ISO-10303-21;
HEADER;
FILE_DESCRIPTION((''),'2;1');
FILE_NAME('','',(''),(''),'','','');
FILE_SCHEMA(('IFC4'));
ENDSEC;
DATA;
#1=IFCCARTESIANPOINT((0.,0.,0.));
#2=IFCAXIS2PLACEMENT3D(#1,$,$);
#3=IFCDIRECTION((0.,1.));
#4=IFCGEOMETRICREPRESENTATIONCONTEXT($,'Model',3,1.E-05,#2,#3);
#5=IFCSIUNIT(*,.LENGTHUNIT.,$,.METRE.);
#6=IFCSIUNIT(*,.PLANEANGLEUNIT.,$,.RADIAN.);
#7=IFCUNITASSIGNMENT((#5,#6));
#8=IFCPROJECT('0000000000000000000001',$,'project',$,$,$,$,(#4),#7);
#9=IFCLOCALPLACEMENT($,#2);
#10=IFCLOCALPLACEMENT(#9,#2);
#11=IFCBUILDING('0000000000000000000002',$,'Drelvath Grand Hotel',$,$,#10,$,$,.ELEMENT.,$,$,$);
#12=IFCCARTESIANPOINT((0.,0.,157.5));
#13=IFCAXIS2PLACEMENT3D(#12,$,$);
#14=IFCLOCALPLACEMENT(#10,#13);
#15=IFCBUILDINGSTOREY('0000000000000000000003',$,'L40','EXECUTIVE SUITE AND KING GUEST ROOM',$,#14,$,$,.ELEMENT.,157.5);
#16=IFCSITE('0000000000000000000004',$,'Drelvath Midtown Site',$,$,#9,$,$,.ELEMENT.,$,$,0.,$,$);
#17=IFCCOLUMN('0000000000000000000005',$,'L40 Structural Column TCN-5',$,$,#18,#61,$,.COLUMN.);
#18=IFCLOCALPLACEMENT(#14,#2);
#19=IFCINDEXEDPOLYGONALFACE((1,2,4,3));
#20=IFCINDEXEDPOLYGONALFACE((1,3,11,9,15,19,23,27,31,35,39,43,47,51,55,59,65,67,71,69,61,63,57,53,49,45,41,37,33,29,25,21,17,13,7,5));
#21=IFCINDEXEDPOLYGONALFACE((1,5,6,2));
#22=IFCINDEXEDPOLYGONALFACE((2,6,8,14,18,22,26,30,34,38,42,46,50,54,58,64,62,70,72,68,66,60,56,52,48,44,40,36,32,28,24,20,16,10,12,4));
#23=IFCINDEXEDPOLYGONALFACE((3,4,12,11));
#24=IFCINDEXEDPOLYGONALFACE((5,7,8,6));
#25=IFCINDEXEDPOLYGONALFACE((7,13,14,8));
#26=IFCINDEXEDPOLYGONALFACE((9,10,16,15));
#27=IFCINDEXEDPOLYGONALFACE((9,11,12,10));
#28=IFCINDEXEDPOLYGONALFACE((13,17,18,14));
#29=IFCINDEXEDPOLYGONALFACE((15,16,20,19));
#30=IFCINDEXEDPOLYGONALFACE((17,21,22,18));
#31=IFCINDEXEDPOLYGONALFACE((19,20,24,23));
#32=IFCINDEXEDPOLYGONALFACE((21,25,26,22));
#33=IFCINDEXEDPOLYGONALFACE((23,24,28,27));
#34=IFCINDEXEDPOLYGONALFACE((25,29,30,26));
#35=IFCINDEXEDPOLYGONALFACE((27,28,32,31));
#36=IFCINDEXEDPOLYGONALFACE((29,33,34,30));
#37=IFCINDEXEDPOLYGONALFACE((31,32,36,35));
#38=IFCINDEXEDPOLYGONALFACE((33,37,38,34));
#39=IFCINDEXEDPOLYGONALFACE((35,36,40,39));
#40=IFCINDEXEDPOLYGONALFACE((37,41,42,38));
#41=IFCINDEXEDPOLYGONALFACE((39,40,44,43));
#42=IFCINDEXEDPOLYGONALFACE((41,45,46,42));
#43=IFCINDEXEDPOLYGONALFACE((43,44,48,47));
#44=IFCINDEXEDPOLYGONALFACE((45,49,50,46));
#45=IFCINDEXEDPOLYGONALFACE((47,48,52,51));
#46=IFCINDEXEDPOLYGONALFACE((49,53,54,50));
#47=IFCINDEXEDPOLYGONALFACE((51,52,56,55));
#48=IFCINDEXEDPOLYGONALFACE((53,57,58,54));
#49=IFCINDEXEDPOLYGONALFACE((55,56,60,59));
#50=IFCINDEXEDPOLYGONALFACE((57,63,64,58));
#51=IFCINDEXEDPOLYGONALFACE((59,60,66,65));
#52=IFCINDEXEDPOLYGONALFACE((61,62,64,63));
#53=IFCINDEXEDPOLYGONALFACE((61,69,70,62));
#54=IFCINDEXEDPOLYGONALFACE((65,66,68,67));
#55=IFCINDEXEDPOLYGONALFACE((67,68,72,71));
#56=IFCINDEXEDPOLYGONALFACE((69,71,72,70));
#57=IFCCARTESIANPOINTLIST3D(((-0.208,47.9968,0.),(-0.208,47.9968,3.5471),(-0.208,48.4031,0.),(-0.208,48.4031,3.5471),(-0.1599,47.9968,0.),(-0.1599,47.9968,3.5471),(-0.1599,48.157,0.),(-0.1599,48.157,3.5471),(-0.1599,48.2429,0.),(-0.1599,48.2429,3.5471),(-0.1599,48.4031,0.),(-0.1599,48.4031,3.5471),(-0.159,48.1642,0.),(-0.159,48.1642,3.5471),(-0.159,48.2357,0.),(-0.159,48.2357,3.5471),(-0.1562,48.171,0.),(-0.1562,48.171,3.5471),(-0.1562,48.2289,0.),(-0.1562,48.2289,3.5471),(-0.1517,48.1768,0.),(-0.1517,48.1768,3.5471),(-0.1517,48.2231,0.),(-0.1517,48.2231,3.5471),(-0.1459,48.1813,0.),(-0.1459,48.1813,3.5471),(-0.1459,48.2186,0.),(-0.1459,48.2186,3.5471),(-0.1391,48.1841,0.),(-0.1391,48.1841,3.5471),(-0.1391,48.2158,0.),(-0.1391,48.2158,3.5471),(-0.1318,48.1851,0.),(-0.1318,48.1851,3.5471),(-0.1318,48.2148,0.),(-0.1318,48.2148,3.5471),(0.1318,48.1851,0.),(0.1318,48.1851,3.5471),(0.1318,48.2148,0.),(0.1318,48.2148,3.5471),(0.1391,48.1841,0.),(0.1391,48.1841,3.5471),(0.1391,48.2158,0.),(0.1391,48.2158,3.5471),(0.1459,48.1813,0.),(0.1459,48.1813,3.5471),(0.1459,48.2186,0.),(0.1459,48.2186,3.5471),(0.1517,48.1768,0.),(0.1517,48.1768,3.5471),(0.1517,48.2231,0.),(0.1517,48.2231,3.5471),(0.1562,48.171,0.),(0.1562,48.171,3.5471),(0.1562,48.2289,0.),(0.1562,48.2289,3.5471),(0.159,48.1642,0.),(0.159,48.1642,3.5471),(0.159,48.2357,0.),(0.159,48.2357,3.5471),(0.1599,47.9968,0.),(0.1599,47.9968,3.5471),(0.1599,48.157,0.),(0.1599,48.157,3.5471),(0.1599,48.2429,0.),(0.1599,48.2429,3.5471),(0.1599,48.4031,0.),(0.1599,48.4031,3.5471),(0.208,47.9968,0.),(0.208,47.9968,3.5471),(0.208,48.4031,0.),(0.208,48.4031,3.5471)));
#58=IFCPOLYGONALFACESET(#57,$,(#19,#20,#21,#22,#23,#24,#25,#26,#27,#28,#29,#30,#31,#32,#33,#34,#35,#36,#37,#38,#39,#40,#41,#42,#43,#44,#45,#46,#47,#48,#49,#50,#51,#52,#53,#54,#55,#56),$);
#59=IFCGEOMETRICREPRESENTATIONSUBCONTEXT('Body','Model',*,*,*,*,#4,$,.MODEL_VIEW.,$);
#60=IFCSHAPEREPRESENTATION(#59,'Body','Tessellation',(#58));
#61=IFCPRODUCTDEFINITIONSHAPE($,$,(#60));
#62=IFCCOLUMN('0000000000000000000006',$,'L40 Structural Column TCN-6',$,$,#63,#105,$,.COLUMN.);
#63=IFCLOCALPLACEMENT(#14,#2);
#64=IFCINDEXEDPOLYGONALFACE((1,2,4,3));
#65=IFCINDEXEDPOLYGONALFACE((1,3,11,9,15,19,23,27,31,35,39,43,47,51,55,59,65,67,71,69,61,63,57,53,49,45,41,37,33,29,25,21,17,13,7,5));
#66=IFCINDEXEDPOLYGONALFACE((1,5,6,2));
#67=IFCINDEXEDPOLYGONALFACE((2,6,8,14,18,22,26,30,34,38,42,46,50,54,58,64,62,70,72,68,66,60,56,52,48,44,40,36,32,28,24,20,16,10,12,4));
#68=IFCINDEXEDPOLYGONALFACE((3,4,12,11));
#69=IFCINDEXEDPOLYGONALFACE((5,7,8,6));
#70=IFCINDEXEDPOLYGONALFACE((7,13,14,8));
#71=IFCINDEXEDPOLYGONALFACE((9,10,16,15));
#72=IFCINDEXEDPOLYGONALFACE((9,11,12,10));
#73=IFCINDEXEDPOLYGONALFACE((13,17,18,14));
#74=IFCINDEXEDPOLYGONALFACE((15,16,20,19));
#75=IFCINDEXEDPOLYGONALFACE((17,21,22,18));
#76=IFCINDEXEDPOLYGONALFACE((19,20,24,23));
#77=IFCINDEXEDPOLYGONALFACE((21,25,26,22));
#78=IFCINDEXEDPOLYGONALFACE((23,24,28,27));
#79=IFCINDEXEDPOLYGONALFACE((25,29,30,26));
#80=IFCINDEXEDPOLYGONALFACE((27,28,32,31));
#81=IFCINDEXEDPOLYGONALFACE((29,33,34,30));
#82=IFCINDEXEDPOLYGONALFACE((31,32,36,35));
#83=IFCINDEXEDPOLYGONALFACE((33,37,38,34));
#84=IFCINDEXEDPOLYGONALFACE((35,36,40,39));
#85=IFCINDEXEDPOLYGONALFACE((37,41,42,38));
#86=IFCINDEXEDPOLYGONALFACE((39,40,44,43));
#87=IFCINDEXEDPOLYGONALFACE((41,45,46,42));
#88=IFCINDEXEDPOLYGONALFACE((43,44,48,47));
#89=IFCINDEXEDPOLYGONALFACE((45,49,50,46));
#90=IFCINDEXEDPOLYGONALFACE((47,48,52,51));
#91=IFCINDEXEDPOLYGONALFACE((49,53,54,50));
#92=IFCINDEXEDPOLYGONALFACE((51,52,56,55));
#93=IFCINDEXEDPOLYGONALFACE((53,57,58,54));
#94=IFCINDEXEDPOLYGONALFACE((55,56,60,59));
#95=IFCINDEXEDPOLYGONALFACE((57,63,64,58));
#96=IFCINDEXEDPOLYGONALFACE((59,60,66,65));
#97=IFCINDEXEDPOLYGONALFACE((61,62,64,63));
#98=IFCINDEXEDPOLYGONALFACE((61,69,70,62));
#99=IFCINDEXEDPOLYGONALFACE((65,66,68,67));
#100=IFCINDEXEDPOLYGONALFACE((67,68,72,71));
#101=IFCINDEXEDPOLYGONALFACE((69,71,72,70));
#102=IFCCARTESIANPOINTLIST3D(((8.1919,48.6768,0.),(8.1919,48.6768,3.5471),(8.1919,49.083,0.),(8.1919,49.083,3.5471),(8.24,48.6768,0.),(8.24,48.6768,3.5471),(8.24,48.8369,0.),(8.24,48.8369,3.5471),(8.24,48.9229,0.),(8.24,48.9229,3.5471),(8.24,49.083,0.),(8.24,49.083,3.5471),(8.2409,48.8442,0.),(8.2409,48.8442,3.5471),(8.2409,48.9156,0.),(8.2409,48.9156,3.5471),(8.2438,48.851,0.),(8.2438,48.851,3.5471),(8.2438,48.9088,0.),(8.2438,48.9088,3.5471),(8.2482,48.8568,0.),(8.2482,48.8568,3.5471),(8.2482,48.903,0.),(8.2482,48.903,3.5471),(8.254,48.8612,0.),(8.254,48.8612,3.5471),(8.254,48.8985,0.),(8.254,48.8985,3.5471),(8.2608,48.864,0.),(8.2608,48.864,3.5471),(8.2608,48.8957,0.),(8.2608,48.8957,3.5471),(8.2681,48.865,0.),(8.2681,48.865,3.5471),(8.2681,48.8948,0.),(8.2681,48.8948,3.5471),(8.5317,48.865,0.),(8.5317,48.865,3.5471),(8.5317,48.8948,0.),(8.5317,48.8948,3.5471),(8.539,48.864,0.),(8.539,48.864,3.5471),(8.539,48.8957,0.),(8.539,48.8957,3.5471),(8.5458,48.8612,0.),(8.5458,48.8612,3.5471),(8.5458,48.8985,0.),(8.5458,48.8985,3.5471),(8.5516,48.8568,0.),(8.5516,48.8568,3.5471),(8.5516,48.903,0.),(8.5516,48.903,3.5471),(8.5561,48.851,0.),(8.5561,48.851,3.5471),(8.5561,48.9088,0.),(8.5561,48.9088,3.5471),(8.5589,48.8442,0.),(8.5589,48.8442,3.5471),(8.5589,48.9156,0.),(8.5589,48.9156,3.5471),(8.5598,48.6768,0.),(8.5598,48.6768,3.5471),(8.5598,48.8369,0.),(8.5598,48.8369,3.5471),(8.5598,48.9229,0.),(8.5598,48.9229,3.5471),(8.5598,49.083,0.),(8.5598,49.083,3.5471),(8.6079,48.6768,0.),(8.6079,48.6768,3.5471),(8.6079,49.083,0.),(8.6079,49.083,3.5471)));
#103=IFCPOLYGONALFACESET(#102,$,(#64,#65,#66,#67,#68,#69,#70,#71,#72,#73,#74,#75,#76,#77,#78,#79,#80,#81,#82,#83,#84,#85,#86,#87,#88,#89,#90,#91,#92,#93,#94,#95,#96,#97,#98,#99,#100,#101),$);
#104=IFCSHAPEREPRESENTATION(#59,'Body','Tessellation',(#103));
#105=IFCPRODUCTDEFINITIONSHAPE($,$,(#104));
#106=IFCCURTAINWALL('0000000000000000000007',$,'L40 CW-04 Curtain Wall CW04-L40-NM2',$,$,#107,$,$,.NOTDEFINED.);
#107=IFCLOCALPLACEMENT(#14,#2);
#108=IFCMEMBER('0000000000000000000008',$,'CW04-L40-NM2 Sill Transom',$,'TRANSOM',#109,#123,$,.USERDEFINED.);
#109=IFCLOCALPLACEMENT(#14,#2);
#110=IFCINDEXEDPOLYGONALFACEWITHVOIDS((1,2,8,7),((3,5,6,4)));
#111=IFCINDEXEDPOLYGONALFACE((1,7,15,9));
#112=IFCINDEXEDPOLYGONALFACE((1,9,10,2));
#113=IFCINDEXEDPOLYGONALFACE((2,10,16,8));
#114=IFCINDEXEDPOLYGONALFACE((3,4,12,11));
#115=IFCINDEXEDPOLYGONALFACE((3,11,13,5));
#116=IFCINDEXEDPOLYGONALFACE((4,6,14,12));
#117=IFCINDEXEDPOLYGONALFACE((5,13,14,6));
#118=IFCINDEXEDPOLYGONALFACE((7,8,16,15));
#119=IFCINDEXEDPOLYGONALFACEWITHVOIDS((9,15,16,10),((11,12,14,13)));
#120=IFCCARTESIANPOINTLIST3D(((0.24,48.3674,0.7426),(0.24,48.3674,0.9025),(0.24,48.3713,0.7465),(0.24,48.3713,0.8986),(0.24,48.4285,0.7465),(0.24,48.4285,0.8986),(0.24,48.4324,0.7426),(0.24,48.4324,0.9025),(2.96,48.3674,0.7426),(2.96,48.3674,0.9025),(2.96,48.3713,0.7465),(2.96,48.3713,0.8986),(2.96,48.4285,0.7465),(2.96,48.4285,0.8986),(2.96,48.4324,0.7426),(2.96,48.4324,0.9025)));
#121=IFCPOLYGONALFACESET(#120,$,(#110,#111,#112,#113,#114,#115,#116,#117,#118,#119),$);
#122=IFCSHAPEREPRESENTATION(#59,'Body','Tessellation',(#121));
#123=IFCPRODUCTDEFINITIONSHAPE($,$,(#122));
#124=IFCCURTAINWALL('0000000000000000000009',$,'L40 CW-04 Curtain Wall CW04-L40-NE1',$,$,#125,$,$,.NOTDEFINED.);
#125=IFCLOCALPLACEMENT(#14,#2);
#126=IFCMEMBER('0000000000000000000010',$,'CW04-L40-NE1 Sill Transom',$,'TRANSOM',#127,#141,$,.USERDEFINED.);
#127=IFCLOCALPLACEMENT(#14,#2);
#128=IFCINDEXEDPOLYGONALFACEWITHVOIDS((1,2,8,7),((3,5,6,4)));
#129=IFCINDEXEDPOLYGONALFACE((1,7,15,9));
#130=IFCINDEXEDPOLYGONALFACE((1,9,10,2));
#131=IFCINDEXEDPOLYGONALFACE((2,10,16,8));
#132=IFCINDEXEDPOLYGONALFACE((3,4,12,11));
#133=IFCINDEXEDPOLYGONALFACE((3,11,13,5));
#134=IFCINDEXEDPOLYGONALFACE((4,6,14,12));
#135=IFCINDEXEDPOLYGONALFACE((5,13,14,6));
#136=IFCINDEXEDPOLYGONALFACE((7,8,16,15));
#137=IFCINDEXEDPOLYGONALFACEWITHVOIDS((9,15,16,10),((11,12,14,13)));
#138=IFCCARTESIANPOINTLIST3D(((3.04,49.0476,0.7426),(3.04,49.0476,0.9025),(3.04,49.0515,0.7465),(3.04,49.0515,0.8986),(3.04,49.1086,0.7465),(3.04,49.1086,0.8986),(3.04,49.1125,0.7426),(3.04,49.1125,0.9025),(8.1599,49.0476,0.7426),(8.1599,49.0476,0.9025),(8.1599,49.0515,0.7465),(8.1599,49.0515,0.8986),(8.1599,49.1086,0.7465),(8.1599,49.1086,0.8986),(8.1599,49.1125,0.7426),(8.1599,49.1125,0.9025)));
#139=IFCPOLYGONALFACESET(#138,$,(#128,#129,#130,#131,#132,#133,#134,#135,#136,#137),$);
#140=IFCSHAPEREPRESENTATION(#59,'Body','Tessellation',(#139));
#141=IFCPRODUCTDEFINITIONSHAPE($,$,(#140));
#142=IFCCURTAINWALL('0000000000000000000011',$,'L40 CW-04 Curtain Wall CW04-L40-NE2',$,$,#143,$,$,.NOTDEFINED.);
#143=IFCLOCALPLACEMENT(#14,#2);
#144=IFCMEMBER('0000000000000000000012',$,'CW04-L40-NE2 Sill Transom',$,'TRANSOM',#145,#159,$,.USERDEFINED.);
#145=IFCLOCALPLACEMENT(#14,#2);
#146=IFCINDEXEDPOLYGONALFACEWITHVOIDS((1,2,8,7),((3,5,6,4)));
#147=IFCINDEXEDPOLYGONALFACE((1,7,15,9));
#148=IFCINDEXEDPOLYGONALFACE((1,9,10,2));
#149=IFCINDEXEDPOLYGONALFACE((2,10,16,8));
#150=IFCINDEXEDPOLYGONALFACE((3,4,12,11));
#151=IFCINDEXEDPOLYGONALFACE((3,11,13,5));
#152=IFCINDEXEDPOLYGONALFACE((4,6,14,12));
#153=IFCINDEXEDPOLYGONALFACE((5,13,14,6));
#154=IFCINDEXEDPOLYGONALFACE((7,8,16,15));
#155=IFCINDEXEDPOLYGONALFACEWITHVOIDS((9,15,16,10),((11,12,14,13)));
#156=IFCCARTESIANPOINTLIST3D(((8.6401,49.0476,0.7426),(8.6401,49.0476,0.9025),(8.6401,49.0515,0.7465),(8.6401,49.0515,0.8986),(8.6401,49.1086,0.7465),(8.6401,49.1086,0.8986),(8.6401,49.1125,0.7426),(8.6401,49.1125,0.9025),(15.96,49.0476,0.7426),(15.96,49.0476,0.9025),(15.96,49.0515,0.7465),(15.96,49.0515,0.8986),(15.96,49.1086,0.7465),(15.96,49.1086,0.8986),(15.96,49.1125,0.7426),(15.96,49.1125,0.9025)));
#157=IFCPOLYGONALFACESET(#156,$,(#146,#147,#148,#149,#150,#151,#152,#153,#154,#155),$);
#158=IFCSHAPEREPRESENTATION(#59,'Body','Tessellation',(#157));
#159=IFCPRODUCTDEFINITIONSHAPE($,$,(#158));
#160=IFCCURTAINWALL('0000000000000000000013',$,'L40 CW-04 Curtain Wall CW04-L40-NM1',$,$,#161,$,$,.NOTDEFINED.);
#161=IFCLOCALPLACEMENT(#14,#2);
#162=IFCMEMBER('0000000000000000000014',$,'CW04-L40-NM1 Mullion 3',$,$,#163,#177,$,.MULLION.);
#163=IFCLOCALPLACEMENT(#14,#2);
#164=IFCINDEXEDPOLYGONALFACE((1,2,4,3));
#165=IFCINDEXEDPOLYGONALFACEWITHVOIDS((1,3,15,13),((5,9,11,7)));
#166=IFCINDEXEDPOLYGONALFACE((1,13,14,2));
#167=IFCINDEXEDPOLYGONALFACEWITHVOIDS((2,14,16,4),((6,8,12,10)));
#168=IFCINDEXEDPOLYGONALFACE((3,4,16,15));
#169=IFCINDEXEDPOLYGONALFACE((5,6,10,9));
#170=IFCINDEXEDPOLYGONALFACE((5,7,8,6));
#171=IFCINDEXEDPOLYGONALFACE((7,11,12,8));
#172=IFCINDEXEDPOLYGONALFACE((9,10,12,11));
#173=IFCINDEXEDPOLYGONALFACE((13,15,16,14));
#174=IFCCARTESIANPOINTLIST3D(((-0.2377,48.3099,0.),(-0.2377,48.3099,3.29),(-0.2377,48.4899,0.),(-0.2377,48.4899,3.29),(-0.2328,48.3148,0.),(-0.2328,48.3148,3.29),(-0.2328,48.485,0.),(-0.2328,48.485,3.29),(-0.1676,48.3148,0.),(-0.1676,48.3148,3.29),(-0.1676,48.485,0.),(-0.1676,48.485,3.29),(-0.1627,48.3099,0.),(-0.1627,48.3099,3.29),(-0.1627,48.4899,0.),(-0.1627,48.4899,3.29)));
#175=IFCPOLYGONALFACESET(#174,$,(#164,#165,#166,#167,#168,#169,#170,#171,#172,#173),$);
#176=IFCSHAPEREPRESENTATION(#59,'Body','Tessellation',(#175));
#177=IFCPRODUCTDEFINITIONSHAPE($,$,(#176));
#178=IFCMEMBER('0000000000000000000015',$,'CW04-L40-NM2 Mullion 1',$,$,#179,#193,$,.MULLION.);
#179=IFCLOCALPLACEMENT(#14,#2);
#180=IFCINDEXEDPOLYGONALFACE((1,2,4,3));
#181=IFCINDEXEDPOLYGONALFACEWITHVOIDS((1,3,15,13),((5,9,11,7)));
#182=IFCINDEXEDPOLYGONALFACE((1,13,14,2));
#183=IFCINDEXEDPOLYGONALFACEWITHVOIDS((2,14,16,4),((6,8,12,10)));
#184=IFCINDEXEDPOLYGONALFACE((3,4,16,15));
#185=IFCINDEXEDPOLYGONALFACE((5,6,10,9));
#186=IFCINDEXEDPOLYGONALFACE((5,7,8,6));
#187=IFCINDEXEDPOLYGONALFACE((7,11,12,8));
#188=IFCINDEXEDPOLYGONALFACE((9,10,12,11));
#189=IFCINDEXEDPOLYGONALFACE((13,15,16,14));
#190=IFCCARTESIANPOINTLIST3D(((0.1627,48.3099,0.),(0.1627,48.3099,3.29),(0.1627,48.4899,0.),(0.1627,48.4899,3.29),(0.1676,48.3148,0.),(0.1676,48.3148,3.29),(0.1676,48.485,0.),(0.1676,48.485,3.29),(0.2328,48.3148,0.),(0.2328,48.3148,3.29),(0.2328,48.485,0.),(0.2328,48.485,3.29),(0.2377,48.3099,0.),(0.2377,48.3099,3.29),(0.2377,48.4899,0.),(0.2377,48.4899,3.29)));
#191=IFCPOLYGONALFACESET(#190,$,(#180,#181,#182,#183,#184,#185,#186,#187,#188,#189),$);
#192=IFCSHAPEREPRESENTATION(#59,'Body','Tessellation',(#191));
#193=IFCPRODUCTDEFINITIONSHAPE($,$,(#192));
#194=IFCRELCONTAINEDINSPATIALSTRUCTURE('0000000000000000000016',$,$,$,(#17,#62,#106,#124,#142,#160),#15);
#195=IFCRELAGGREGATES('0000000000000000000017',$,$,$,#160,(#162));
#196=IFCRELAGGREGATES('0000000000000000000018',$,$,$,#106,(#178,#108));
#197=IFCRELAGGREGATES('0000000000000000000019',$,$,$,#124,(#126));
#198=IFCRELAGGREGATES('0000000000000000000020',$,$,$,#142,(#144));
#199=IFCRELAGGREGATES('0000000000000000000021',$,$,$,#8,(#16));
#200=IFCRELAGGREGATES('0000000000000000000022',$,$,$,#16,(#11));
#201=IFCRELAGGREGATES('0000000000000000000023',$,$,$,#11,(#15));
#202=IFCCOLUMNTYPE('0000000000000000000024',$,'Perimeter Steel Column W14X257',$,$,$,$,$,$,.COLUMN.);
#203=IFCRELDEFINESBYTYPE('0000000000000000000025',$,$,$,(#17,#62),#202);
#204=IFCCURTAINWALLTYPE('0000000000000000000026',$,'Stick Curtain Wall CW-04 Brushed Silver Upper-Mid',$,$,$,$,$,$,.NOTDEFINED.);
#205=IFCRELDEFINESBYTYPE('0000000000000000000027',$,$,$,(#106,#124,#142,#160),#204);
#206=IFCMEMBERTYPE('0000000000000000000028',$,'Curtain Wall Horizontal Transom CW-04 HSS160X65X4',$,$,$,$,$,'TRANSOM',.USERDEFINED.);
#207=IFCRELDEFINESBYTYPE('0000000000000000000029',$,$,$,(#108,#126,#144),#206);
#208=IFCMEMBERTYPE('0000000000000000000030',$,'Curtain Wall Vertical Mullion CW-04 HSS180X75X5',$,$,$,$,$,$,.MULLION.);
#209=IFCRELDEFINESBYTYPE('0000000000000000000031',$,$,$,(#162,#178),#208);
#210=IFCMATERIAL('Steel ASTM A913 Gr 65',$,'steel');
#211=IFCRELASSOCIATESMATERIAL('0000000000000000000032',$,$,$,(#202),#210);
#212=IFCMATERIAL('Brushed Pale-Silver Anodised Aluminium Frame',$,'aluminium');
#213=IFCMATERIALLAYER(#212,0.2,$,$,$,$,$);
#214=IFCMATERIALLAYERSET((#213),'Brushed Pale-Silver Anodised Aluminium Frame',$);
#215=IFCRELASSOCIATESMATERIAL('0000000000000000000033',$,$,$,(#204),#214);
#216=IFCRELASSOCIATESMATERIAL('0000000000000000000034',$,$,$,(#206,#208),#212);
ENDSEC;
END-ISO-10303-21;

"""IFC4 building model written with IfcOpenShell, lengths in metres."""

from ifc_helpers import new_model, si_unit, direction, frame, origin, origin_2d, place, context, subcontext, project, spatial, hollow_rectangle, i_section, extrude, material, layer, layer_set, material_profile, profile_set, type_object, element, aggregate, save


model = new_model("IFC4")

# Units and contexts
model_context = context("Model", 3, precision=1e-05, world=origin(), true_north=direction((0.0, 1.0)))
body_context = subcontext(model_context, "Body", "Model", "MODEL_VIEW")
ifc_project = project(units=[si_unit("LENGTHUNIT", "METRE"), si_unit("PLANEANGLEUNIT", "RADIAN")], contexts=[model_context])

# Site, building, storey
site_placement = place(None, origin())
site = spatial("IfcSite", under=ifc_project, at=site_placement, Name="Drelvath Midtown Site", CompositionType="ELEMENT", RefElevation=0.0)
building_placement = place(site_placement, origin())
building = spatial("IfcBuilding", under=site, at=building_placement, Name="Drelvath Grand Hotel", CompositionType="ELEMENT")
storey_placement = place(building_placement, frame((0.0, 0.0, 157.5)))
storey = spatial("IfcBuildingStorey", under=building, at=storey_placement, Name="L40", Description="EXECUTIVE SUITE AND KING GUEST ROOM", CompositionType="ELEMENT", Elevation=157.5)

# Columns
ifc_material_1 = material(Name="Steel ASTM A913 Gr 65", Category="steel")
ifc_material_profile_1 = material_profile(ifc_material_1, i_section(OverallWidth=0.4062, OverallDepth=0.416, WebThickness=0.0298, FlangeThickness=0.0481, FilletRadius=0.0281, at=origin_2d()), Name="W14X257")
ifc_profile_set_1 = profile_set([ifc_material_profile_1], Name="Steel ASTM A913 Gr 65")
column_type = type_object("IfcColumnType", Name="Perimeter Steel Column W14X257", PredefinedType="COLUMN", material=ifc_profile_set_1)
for number, where, z_axis, x_axis, name in (
    (1, (0.0, 48.2, 0.0), (0.0, 0.0, 1.0), (0.0, 1.0, 0.0), "L40 Structural Column TCN-5"),
    (2, (8.3999, 48.8799, 0.0), (0.0, 0.0, 1.0), (0.0, 1.0, 0.0), "L40 Structural Column TCN-6"),
):
    element("IfcColumn", number, at=place(storey_placement, frame(where, z_axis=z_axis, x_axis=x_axis)), inside=storey, type_object=column_type, Name=name, PredefinedType="COLUMN", context=body_context, shape_type="SweptSolid", body=[
        extrude(i_section(OverallWidth=0.4062, OverallDepth=0.416, WebThickness=0.0298, FlangeThickness=0.0481, FilletRadius=0.0281, at=origin_2d()), origin(), (0.0, 0.0, 1.0), 3.5471),
    ])

# Curtain walls, members
ifc_material_2 = material(Name="Brushed Pale-Silver Anodised Aluminium Frame", Category="aluminium")
ifc_layer_1 = layer(ifc_material_2, 0.2)
ifc_layer_set_1 = layer_set([ifc_layer_1], Name="Brushed Pale-Silver Anodised Aluminium Frame")
curtain_wall_type = type_object("IfcCurtainWallType", Name="Stick Curtain Wall CW-04 Brushed Silver Upper-Mid", PredefinedType="NOTDEFINED", material=ifc_layer_set_1)
curtain_wall_1_placement = place(storey_placement, origin())
curtain_wall_1 = element("IfcCurtainWall", 3, at=curtain_wall_1_placement, inside=storey, type_object=curtain_wall_type, Name="L40 CW-04 Curtain Wall CW04-L40-NM2", PredefinedType="NOTDEFINED")
ifc_material_profile_2 = material_profile(ifc_material_2, hollow_rectangle(XDim=0.0649, YDim=0.1599, WallThickness=0.0039, at=origin_2d()), Name="HSS160X65X4")
ifc_profile_set_2 = profile_set([ifc_material_profile_2], Name="Brushed Pale-Silver Anodised Aluminium Frame")
member_type_1 = type_object("IfcMemberType", Name="Curtain Wall Horizontal Transom CW-04 HSS160X65X4", ElementType="TRANSOM", PredefinedType="USERDEFINED", material=ifc_profile_set_2)
member_1_placement = place(storey_placement, frame((0.24, 48.3999, 0.8225), z_axis=(1.0, 0.0, 0.0), x_axis=(0.0, 1.0, 0.0)))
member_1 = element("IfcMember", 4, at=member_1_placement, type_object=member_type_1, Name="CW04-L40-NM2 Sill Transom", ObjectType="TRANSOM", PredefinedType="USERDEFINED", context=body_context, shape_type="SweptSolid", body=[
    extrude(hollow_rectangle(XDim=0.0649, YDim=0.1599, WallThickness=0.0039, at=origin_2d()), origin(), (0.0, 0.0, 1.0), 2.72),
])
curtain_wall_2_placement = place(storey_placement, origin())
curtain_wall_2 = element("IfcCurtainWall", 5, at=curtain_wall_2_placement, inside=storey, type_object=curtain_wall_type, Name="L40 CW-04 Curtain Wall CW04-L40-NE1", PredefinedType="NOTDEFINED")
member_2_placement = place(storey_placement, frame((3.04, 49.0801, 0.8225), z_axis=(1.0, 0.0, 0.0), x_axis=(0.0, 1.0, 0.0)))
member_2 = element("IfcMember", 6, at=member_2_placement, type_object=member_type_1, Name="CW04-L40-NE1 Sill Transom", ObjectType="TRANSOM", PredefinedType="USERDEFINED", context=body_context, shape_type="SweptSolid", body=[
    extrude(hollow_rectangle(XDim=0.0649, YDim=0.1599, WallThickness=0.0039, at=origin_2d()), origin(), (0.0, 0.0, 1.0), 5.1199),
])
curtain_wall_3_placement = place(storey_placement, origin())
curtain_wall_3 = element("IfcCurtainWall", 7, at=curtain_wall_3_placement, inside=storey, type_object=curtain_wall_type, Name="L40 CW-04 Curtain Wall CW04-L40-NE2", PredefinedType="NOTDEFINED")
member_3_placement = place(storey_placement, frame((8.6401, 49.0801, 0.8225), z_axis=(1.0, 0.0, 0.0), x_axis=(0.0, 1.0, 0.0)))
member_3 = element("IfcMember", 8, at=member_3_placement, type_object=member_type_1, Name="CW04-L40-NE2 Sill Transom", ObjectType="TRANSOM", PredefinedType="USERDEFINED", context=body_context, shape_type="SweptSolid", body=[
    extrude(hollow_rectangle(XDim=0.0649, YDim=0.1599, WallThickness=0.0039, at=origin_2d()), origin(), (0.0, 0.0, 1.0), 7.3198),
])
curtain_wall_4_placement = place(storey_placement, origin())
curtain_wall_4 = element("IfcCurtainWall", 9, at=curtain_wall_4_placement, inside=storey, type_object=curtain_wall_type, Name="L40 CW-04 Curtain Wall CW04-L40-NM1", PredefinedType="NOTDEFINED")
ifc_material_profile_3 = material_profile(ifc_material_2, hollow_rectangle(XDim=0.075, YDim=0.1799, WallThickness=0.0049, at=origin_2d()), Name="HSS180X75X5")
ifc_profile_set_3 = profile_set([ifc_material_profile_3], Name="Brushed Pale-Silver Anodised Aluminium Frame")
member_type_2 = type_object("IfcMemberType", Name="Curtain Wall Vertical Mullion CW-04 HSS180X75X5", PredefinedType="MULLION", material=ifc_profile_set_3)
member_4_placement = place(storey_placement, frame((-0.2002, 48.3999, 0.0), z_axis=(0.0, 0.0, 1.0), x_axis=(1.0, 0.0, 0.0)))
member_4 = element("IfcMember", 10, at=member_4_placement, type_object=member_type_2, Name="CW04-L40-NM1 Mullion 3", PredefinedType="MULLION", context=body_context, shape_type="SweptSolid", body=[
    extrude(hollow_rectangle(XDim=0.075, YDim=0.1799, WallThickness=0.0049, at=origin_2d()), origin(), (0.0, 0.0, 1.0), 3.29),
])
aggregate(curtain_wall_4, [member_4])

# Member
member_5_placement = place(storey_placement, frame((0.2002, 48.3999, 0.0), z_axis=(0.0, 0.0, 1.0), x_axis=(1.0, 0.0, 0.0)))
member_5 = element("IfcMember", 11, at=member_5_placement, type_object=member_type_2, Name="CW04-L40-NM2 Mullion 1", PredefinedType="MULLION", context=body_context, shape_type="SweptSolid", body=[
    extrude(hollow_rectangle(XDim=0.075, YDim=0.1799, WallThickness=0.0049, at=origin_2d()), origin(), (0.0, 0.0, 1.0), 3.29),
])

aggregate(curtain_wall_1, [member_5, member_1])
aggregate(curtain_wall_2, [member_2])
aggregate(curtain_wall_3, [member_3])

save(model, "model.ifc")
